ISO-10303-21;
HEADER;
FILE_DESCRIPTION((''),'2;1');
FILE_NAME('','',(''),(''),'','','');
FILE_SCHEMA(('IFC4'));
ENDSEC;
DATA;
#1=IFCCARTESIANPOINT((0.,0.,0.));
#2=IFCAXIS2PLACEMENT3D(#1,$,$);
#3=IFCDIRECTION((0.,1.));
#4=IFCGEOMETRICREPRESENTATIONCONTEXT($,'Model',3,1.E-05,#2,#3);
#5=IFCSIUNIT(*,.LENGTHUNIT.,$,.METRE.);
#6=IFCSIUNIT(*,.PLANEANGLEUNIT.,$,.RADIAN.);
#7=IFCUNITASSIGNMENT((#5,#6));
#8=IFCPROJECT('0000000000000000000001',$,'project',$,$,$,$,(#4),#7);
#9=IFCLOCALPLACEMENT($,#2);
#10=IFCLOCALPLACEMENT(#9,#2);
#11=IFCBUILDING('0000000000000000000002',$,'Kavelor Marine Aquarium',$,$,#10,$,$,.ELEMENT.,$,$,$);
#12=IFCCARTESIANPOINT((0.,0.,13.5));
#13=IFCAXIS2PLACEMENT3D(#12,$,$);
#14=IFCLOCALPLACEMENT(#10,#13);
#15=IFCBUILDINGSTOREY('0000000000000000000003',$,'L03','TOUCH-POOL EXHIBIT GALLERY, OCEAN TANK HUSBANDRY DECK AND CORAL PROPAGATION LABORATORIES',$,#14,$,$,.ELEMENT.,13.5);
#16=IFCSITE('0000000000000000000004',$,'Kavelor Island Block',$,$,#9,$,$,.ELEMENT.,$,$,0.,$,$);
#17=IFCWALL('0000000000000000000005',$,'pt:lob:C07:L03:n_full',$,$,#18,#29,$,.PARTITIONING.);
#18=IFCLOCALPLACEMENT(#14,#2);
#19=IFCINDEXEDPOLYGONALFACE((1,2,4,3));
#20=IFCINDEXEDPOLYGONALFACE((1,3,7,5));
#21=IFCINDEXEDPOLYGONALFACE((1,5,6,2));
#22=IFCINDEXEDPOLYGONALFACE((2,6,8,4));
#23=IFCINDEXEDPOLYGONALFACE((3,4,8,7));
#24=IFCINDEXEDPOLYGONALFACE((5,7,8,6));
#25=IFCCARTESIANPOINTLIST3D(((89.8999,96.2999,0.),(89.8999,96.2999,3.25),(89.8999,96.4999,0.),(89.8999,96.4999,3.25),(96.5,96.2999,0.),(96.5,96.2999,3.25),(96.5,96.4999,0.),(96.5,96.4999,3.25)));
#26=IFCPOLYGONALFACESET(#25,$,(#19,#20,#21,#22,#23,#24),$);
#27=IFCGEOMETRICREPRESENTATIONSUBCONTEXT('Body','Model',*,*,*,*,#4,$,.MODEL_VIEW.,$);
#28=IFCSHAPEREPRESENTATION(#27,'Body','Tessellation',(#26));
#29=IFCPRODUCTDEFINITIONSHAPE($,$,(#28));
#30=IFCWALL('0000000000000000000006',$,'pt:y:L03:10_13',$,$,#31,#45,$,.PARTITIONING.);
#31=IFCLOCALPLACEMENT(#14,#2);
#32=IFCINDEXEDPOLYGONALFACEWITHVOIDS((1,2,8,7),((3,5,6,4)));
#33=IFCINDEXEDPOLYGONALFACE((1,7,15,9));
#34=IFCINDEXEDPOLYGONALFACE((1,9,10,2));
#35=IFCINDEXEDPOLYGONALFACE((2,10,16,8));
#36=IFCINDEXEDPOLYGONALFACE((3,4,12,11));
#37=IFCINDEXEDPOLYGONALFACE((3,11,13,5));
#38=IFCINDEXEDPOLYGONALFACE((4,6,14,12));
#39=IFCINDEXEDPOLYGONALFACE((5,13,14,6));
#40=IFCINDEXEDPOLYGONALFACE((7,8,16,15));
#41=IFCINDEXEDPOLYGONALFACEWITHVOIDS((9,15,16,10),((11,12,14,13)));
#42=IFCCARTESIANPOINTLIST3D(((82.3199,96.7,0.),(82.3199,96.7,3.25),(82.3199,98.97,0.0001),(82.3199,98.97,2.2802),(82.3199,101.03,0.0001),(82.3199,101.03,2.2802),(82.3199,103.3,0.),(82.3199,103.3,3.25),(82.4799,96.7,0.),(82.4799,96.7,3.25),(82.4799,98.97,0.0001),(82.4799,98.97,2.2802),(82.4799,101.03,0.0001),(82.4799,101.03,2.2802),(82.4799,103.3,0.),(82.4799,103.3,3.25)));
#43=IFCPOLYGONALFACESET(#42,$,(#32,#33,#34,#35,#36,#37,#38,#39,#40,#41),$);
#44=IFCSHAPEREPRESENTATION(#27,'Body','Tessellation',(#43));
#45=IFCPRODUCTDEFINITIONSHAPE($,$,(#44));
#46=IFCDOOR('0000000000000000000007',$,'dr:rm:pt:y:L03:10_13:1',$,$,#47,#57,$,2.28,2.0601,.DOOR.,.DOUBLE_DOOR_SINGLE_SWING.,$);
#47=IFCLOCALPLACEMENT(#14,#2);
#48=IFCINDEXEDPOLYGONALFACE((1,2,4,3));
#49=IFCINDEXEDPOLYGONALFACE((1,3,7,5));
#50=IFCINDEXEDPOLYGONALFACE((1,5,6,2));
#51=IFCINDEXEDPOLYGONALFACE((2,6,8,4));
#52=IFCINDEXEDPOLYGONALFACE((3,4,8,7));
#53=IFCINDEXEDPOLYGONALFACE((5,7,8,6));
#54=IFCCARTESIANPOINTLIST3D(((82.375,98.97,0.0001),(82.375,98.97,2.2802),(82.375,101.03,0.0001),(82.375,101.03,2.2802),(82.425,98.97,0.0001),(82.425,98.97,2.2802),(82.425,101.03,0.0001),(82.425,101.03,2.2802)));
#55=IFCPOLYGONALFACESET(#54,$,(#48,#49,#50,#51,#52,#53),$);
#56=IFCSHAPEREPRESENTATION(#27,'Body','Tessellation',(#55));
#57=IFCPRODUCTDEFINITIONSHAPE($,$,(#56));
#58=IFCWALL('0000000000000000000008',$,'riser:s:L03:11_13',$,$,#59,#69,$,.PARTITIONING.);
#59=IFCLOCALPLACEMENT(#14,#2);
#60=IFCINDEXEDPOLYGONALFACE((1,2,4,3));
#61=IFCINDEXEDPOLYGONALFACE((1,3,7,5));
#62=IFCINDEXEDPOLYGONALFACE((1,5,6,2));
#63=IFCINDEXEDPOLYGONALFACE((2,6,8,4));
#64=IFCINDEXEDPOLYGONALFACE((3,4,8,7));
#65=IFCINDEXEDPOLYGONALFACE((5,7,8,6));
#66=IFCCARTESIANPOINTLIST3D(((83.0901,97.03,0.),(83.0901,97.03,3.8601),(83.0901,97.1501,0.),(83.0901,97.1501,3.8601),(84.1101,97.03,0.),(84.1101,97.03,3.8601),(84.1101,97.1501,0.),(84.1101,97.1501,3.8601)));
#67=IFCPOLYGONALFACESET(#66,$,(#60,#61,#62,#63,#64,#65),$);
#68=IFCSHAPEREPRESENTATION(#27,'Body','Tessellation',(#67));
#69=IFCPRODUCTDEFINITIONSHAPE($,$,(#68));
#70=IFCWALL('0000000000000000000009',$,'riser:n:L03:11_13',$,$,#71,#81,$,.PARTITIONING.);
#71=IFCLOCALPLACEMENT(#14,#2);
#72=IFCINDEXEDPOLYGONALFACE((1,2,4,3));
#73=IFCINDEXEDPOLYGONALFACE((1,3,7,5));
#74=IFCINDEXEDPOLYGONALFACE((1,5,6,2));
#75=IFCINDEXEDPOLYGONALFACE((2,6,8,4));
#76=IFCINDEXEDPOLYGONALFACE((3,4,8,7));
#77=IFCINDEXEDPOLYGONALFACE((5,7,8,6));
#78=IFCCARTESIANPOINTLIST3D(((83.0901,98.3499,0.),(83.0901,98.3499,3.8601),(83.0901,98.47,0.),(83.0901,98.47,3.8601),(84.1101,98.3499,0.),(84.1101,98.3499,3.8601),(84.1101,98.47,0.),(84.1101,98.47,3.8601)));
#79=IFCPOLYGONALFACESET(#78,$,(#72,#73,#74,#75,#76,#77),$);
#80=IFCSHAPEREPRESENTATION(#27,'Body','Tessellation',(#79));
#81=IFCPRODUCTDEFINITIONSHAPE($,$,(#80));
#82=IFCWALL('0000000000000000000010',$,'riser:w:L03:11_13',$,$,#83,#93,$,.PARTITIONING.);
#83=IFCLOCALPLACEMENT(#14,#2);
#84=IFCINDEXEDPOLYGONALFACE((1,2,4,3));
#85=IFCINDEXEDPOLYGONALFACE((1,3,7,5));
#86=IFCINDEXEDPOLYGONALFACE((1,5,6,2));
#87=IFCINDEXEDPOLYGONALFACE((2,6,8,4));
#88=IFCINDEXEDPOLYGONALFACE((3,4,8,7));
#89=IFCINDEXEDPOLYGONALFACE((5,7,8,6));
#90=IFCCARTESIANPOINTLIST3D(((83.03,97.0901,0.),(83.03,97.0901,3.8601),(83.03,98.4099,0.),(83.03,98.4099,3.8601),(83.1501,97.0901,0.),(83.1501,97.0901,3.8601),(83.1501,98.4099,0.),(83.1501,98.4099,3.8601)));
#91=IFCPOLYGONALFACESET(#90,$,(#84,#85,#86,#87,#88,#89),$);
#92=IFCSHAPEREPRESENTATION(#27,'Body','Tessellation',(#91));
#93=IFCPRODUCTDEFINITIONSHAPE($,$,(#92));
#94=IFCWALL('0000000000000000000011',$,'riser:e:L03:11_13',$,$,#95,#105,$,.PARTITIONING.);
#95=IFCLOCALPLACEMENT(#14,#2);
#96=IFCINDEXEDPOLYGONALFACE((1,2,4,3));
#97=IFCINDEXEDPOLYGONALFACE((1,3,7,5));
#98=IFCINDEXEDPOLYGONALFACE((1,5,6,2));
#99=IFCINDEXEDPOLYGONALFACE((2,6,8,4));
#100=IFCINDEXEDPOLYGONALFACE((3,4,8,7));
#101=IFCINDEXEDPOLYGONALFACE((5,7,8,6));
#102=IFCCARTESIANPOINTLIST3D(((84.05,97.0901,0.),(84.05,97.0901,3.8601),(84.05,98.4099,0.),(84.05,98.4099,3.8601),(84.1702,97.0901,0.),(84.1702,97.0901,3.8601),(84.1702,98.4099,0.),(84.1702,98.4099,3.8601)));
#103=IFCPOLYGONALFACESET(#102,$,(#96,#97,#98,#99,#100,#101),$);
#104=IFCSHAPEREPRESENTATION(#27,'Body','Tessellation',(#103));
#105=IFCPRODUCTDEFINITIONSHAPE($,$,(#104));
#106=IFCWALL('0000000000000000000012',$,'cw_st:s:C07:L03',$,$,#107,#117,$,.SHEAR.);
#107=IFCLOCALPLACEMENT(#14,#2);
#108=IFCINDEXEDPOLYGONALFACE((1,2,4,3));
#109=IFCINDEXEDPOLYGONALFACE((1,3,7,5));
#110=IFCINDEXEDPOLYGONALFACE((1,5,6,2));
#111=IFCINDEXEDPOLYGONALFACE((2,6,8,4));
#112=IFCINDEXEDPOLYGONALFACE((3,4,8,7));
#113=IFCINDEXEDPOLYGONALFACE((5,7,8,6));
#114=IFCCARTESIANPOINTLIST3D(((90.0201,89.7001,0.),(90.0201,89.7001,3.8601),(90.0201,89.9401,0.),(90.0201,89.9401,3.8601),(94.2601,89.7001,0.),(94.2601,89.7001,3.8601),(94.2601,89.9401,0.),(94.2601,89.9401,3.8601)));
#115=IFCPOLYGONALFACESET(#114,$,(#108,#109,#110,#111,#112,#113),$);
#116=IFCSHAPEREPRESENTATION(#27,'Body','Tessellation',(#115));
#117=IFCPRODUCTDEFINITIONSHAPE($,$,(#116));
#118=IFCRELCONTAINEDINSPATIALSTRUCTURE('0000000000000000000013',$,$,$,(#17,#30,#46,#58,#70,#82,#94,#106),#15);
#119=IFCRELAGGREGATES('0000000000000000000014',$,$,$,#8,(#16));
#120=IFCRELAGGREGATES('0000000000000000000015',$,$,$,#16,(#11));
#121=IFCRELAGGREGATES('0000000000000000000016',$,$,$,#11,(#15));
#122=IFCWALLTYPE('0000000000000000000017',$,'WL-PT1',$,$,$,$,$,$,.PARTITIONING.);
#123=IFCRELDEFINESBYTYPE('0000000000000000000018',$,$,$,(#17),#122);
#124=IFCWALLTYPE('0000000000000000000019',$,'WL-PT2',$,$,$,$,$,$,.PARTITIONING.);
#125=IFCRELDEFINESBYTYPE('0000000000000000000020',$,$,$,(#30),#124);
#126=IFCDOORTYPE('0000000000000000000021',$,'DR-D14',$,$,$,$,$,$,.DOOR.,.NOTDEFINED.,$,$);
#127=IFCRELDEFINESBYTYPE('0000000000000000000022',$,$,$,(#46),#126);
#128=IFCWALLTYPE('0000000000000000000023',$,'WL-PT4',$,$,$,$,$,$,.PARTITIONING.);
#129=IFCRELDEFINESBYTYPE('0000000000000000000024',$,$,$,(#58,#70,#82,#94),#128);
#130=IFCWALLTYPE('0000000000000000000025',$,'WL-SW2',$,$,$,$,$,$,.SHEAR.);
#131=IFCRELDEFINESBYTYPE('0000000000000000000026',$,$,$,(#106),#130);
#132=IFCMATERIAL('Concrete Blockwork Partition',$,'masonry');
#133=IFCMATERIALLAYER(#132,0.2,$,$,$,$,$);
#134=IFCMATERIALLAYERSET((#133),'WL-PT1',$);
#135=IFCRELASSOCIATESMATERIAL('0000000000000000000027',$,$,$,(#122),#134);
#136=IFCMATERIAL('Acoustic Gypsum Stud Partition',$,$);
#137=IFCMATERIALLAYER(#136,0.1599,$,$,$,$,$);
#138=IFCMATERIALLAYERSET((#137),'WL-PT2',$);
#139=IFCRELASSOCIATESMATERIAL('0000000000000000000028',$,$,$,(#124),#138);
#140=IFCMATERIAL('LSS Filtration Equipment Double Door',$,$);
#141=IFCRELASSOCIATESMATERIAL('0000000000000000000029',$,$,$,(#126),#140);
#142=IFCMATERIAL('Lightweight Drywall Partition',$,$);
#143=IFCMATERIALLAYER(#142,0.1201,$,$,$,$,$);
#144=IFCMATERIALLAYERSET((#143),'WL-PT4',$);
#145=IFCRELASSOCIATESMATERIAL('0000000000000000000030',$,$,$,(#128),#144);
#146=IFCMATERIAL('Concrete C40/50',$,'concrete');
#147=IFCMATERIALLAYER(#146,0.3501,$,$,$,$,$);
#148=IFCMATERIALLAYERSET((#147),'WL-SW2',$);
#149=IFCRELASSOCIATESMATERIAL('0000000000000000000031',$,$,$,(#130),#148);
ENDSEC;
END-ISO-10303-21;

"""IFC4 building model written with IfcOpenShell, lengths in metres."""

from ifc_helpers import new_model, si_unit, direction, frame, frame_2d, origin, place, context, subcontext, project, spatial, rectangle, extrude, material, layer, layer_set, type_object, element, fill, save


model = new_model("IFC4")

# Units and contexts
model_context = context("Model", 3, precision=1e-05, world=origin(), true_north=direction((0.0, 1.0)))
body_context = subcontext(model_context, "Body", "Model", "MODEL_VIEW")
ifc_project = project(units=[si_unit("LENGTHUNIT", "METRE"), si_unit("PLANEANGLEUNIT", "RADIAN")], contexts=[model_context])

# Site, building, storey
site_placement = place(None, origin())
site = spatial("IfcSite", under=ifc_project, at=site_placement, Name="Kavelor Island Block", CompositionType="ELEMENT", RefElevation=0.0)
building_placement = place(site_placement, origin())
building = spatial("IfcBuilding", under=site, at=building_placement, Name="Kavelor Marine Aquarium", CompositionType="ELEMENT")
storey_placement = place(building_placement, frame((0.0, 0.0, 13.5)))
storey = spatial("IfcBuildingStorey", under=building, at=storey_placement, Name="L03", Description="TOUCH-POOL EXHIBIT GALLERY, OCEAN TANK HUSBANDRY DECK AND CORAL PROPAGATION LABORATORIES", CompositionType="ELEMENT", Elevation=13.5)

# Wall
ifc_material_1 = material(Name="Concrete Blockwork Partition", Category="masonry")
ifc_layer_1 = layer(ifc_material_1, 0.2)
ifc_layer_set_1 = layer_set([ifc_layer_1], Name="WL-PT1")
wall_type_1 = type_object("IfcWallType", Name="WL-PT1", PredefinedType="PARTITIONING", material=ifc_layer_set_1)
wall_1_placement = place(storey_placement, frame((89.8999, 96.3999, 0.0), z_axis=(0.0, 0.0, 1.0), x_axis=(1.0, 0.0, 0.0)))
element("IfcWall", 1, at=wall_1_placement, inside=storey, type_object=wall_type_1, Name="pt:lob:C07:L03:n_full", PredefinedType="PARTITIONING", context=body_context, shape_type="SweptSolid", body=[
    extrude(rectangle(XDim=6.6001, YDim=0.2, at=frame_2d((3.3, 0.0))), origin(), (0.0, 0.0, 1.0), 3.25),
])

# Wall, opening, door
ifc_material_2 = material(Name="Acoustic Gypsum Stud Partition")
ifc_layer_2 = layer(ifc_material_2, 0.1599)
ifc_layer_set_2 = layer_set([ifc_layer_2], Name="WL-PT2")
wall_type_2 = type_object("IfcWallType", Name="WL-PT2", PredefinedType="PARTITIONING", material=ifc_layer_set_2)
wall_2_placement = place(storey_placement, frame((82.3999, 96.7, 0.0), z_axis=(0.0, 0.0, 1.0), x_axis=(0.0, 1.0, 0.0)))
wall_2 = element("IfcWall", 2, at=wall_2_placement, inside=storey, type_object=wall_type_2, Name="pt:y:L03:10_13", PredefinedType="PARTITIONING", context=body_context, shape_type="SweptSolid", body=[
    extrude(rectangle(XDim=6.6001, YDim=0.1599, at=frame_2d((3.3, 0.0))), origin(), (0.0, 0.0, 1.0), 3.25),
])
opening_1_placement = place(wall_2_placement, frame((2.27, 0.0, 0.0)))
opening_1 = element("IfcOpeningElement", 3, at=opening_1_placement, cuts=wall_2, PredefinedType="OPENING", context=body_context, shape_type="SweptSolid", body=[
    extrude(rectangle(XDim=2.0601, YDim=2.28, at=frame_2d((1.03, 1.1401))), frame((0.0, 0.0898, 0.0), z_axis=(0.0, -1.0, 0.0), x_axis=(1.0, 0.0, 0.0)), (0.0, 0.0, 1.0), 0.1799),
])
ifc_material_3 = material(Name="LSS Filtration Equipment Double Door")
door_type = type_object("IfcDoorType", Name="DR-D14", OperationType="NOTDEFINED", PredefinedType="DOOR", material=ifc_material_3)
door_placement = place(opening_1_placement, origin())
door = element("IfcDoor", 4, at=door_placement, inside=storey, type_object=door_type, Name="dr:rm:pt:y:L03:10_13:1", OperationType="DOUBLE_DOOR_SINGLE_SWING", OverallHeight=2.28, OverallWidth=2.0601, PredefinedType="DOOR", context=body_context, shape_type="SweptSolid", body=[
    extrude(rectangle(XDim=2.0601, YDim=2.28, at=frame_2d((1.03, 1.1401))), frame((0.0, 0.0249, 0.0), z_axis=(0.0, -1.0, 0.0), x_axis=(1.0, 0.0, 0.0)), (0.0, 0.0, 1.0), 0.05),
])
fill(opening_1, door)

# Walls
ifc_material_4 = material(Name="Lightweight Drywall Partition")
ifc_layer_3 = layer(ifc_material_4, 0.1201)
ifc_layer_set_3 = layer_set([ifc_layer_3], Name="WL-PT4")
wall_type_3 = type_object("IfcWallType", Name="WL-PT4", PredefinedType="PARTITIONING", material=ifc_layer_set_3)
for number, where, z_axis, x_axis, name in (
    (5, (83.0901, 97.0901, 0.0), (0.0, 0.0, 1.0), (1.0, 0.0, 0.0), "riser:s:L03:11_13"),
    (6, (83.0901, 98.4099, 0.0), (0.0, 0.0, 1.0), (1.0, 0.0, 0.0), "riser:n:L03:11_13"),
):
    element("IfcWall", number, at=place(storey_placement, frame(where, z_axis=z_axis, x_axis=x_axis)), inside=storey, type_object=wall_type_3, Name=name, PredefinedType="PARTITIONING", context=body_context, shape_type="SweptSolid", body=[
        extrude(rectangle(XDim=1.02, YDim=0.1201, at=frame_2d((0.51, 0.0))), origin(), (0.0, 0.0, 1.0), 3.8601),
    ])
for number, where, z_axis, x_axis, name in (
    (7, (83.0901, 97.0901, 0.0), (0.0, 0.0, 1.0), (0.0, 1.0, 0.0), "riser:w:L03:11_13"),
    (8, (84.1101, 97.0901, 0.0), (0.0, 0.0, 1.0), (0.0, 1.0, 0.0), "riser:e:L03:11_13"),
):
    element("IfcWall", number, at=place(storey_placement, frame(where, z_axis=z_axis, x_axis=x_axis)), inside=storey, type_object=wall_type_3, Name=name, PredefinedType="PARTITIONING", context=body_context, shape_type="SweptSolid", body=[
        extrude(rectangle(XDim=1.3198, YDim=0.1201, at=frame_2d((0.6599, 0.0))), origin(), (0.0, 0.0, 1.0), 3.8601),
    ])
ifc_material_5 = material(Name="Concrete C40/50", Category="concrete")
ifc_layer_4 = layer(ifc_material_5, 0.3501)
ifc_layer_set_4 = layer_set([ifc_layer_4], Name="WL-SW2")
wall_type_4 = type_object("IfcWallType", Name="WL-SW2", PredefinedType="SHEAR", material=ifc_layer_set_4)
wall_3_placement = place(storey_placement, frame((90.02, 89.8201, 0.0), z_axis=(0.0, 0.0, 1.0), x_axis=(1.0, 0.0, 0.0)))
element("IfcWall", 9, at=wall_3_placement, inside=storey, type_object=wall_type_4, Name="cw_st:s:C07:L03", PredefinedType="SHEAR", context=body_context, shape_type="SweptSolid", body=[
    extrude(rectangle(XDim=4.24, YDim=0.24, at=frame_2d((2.1201, 0.0))), origin(), (0.0, 0.0, 1.0), 3.8601),
])

save(model, "model.ifc")
